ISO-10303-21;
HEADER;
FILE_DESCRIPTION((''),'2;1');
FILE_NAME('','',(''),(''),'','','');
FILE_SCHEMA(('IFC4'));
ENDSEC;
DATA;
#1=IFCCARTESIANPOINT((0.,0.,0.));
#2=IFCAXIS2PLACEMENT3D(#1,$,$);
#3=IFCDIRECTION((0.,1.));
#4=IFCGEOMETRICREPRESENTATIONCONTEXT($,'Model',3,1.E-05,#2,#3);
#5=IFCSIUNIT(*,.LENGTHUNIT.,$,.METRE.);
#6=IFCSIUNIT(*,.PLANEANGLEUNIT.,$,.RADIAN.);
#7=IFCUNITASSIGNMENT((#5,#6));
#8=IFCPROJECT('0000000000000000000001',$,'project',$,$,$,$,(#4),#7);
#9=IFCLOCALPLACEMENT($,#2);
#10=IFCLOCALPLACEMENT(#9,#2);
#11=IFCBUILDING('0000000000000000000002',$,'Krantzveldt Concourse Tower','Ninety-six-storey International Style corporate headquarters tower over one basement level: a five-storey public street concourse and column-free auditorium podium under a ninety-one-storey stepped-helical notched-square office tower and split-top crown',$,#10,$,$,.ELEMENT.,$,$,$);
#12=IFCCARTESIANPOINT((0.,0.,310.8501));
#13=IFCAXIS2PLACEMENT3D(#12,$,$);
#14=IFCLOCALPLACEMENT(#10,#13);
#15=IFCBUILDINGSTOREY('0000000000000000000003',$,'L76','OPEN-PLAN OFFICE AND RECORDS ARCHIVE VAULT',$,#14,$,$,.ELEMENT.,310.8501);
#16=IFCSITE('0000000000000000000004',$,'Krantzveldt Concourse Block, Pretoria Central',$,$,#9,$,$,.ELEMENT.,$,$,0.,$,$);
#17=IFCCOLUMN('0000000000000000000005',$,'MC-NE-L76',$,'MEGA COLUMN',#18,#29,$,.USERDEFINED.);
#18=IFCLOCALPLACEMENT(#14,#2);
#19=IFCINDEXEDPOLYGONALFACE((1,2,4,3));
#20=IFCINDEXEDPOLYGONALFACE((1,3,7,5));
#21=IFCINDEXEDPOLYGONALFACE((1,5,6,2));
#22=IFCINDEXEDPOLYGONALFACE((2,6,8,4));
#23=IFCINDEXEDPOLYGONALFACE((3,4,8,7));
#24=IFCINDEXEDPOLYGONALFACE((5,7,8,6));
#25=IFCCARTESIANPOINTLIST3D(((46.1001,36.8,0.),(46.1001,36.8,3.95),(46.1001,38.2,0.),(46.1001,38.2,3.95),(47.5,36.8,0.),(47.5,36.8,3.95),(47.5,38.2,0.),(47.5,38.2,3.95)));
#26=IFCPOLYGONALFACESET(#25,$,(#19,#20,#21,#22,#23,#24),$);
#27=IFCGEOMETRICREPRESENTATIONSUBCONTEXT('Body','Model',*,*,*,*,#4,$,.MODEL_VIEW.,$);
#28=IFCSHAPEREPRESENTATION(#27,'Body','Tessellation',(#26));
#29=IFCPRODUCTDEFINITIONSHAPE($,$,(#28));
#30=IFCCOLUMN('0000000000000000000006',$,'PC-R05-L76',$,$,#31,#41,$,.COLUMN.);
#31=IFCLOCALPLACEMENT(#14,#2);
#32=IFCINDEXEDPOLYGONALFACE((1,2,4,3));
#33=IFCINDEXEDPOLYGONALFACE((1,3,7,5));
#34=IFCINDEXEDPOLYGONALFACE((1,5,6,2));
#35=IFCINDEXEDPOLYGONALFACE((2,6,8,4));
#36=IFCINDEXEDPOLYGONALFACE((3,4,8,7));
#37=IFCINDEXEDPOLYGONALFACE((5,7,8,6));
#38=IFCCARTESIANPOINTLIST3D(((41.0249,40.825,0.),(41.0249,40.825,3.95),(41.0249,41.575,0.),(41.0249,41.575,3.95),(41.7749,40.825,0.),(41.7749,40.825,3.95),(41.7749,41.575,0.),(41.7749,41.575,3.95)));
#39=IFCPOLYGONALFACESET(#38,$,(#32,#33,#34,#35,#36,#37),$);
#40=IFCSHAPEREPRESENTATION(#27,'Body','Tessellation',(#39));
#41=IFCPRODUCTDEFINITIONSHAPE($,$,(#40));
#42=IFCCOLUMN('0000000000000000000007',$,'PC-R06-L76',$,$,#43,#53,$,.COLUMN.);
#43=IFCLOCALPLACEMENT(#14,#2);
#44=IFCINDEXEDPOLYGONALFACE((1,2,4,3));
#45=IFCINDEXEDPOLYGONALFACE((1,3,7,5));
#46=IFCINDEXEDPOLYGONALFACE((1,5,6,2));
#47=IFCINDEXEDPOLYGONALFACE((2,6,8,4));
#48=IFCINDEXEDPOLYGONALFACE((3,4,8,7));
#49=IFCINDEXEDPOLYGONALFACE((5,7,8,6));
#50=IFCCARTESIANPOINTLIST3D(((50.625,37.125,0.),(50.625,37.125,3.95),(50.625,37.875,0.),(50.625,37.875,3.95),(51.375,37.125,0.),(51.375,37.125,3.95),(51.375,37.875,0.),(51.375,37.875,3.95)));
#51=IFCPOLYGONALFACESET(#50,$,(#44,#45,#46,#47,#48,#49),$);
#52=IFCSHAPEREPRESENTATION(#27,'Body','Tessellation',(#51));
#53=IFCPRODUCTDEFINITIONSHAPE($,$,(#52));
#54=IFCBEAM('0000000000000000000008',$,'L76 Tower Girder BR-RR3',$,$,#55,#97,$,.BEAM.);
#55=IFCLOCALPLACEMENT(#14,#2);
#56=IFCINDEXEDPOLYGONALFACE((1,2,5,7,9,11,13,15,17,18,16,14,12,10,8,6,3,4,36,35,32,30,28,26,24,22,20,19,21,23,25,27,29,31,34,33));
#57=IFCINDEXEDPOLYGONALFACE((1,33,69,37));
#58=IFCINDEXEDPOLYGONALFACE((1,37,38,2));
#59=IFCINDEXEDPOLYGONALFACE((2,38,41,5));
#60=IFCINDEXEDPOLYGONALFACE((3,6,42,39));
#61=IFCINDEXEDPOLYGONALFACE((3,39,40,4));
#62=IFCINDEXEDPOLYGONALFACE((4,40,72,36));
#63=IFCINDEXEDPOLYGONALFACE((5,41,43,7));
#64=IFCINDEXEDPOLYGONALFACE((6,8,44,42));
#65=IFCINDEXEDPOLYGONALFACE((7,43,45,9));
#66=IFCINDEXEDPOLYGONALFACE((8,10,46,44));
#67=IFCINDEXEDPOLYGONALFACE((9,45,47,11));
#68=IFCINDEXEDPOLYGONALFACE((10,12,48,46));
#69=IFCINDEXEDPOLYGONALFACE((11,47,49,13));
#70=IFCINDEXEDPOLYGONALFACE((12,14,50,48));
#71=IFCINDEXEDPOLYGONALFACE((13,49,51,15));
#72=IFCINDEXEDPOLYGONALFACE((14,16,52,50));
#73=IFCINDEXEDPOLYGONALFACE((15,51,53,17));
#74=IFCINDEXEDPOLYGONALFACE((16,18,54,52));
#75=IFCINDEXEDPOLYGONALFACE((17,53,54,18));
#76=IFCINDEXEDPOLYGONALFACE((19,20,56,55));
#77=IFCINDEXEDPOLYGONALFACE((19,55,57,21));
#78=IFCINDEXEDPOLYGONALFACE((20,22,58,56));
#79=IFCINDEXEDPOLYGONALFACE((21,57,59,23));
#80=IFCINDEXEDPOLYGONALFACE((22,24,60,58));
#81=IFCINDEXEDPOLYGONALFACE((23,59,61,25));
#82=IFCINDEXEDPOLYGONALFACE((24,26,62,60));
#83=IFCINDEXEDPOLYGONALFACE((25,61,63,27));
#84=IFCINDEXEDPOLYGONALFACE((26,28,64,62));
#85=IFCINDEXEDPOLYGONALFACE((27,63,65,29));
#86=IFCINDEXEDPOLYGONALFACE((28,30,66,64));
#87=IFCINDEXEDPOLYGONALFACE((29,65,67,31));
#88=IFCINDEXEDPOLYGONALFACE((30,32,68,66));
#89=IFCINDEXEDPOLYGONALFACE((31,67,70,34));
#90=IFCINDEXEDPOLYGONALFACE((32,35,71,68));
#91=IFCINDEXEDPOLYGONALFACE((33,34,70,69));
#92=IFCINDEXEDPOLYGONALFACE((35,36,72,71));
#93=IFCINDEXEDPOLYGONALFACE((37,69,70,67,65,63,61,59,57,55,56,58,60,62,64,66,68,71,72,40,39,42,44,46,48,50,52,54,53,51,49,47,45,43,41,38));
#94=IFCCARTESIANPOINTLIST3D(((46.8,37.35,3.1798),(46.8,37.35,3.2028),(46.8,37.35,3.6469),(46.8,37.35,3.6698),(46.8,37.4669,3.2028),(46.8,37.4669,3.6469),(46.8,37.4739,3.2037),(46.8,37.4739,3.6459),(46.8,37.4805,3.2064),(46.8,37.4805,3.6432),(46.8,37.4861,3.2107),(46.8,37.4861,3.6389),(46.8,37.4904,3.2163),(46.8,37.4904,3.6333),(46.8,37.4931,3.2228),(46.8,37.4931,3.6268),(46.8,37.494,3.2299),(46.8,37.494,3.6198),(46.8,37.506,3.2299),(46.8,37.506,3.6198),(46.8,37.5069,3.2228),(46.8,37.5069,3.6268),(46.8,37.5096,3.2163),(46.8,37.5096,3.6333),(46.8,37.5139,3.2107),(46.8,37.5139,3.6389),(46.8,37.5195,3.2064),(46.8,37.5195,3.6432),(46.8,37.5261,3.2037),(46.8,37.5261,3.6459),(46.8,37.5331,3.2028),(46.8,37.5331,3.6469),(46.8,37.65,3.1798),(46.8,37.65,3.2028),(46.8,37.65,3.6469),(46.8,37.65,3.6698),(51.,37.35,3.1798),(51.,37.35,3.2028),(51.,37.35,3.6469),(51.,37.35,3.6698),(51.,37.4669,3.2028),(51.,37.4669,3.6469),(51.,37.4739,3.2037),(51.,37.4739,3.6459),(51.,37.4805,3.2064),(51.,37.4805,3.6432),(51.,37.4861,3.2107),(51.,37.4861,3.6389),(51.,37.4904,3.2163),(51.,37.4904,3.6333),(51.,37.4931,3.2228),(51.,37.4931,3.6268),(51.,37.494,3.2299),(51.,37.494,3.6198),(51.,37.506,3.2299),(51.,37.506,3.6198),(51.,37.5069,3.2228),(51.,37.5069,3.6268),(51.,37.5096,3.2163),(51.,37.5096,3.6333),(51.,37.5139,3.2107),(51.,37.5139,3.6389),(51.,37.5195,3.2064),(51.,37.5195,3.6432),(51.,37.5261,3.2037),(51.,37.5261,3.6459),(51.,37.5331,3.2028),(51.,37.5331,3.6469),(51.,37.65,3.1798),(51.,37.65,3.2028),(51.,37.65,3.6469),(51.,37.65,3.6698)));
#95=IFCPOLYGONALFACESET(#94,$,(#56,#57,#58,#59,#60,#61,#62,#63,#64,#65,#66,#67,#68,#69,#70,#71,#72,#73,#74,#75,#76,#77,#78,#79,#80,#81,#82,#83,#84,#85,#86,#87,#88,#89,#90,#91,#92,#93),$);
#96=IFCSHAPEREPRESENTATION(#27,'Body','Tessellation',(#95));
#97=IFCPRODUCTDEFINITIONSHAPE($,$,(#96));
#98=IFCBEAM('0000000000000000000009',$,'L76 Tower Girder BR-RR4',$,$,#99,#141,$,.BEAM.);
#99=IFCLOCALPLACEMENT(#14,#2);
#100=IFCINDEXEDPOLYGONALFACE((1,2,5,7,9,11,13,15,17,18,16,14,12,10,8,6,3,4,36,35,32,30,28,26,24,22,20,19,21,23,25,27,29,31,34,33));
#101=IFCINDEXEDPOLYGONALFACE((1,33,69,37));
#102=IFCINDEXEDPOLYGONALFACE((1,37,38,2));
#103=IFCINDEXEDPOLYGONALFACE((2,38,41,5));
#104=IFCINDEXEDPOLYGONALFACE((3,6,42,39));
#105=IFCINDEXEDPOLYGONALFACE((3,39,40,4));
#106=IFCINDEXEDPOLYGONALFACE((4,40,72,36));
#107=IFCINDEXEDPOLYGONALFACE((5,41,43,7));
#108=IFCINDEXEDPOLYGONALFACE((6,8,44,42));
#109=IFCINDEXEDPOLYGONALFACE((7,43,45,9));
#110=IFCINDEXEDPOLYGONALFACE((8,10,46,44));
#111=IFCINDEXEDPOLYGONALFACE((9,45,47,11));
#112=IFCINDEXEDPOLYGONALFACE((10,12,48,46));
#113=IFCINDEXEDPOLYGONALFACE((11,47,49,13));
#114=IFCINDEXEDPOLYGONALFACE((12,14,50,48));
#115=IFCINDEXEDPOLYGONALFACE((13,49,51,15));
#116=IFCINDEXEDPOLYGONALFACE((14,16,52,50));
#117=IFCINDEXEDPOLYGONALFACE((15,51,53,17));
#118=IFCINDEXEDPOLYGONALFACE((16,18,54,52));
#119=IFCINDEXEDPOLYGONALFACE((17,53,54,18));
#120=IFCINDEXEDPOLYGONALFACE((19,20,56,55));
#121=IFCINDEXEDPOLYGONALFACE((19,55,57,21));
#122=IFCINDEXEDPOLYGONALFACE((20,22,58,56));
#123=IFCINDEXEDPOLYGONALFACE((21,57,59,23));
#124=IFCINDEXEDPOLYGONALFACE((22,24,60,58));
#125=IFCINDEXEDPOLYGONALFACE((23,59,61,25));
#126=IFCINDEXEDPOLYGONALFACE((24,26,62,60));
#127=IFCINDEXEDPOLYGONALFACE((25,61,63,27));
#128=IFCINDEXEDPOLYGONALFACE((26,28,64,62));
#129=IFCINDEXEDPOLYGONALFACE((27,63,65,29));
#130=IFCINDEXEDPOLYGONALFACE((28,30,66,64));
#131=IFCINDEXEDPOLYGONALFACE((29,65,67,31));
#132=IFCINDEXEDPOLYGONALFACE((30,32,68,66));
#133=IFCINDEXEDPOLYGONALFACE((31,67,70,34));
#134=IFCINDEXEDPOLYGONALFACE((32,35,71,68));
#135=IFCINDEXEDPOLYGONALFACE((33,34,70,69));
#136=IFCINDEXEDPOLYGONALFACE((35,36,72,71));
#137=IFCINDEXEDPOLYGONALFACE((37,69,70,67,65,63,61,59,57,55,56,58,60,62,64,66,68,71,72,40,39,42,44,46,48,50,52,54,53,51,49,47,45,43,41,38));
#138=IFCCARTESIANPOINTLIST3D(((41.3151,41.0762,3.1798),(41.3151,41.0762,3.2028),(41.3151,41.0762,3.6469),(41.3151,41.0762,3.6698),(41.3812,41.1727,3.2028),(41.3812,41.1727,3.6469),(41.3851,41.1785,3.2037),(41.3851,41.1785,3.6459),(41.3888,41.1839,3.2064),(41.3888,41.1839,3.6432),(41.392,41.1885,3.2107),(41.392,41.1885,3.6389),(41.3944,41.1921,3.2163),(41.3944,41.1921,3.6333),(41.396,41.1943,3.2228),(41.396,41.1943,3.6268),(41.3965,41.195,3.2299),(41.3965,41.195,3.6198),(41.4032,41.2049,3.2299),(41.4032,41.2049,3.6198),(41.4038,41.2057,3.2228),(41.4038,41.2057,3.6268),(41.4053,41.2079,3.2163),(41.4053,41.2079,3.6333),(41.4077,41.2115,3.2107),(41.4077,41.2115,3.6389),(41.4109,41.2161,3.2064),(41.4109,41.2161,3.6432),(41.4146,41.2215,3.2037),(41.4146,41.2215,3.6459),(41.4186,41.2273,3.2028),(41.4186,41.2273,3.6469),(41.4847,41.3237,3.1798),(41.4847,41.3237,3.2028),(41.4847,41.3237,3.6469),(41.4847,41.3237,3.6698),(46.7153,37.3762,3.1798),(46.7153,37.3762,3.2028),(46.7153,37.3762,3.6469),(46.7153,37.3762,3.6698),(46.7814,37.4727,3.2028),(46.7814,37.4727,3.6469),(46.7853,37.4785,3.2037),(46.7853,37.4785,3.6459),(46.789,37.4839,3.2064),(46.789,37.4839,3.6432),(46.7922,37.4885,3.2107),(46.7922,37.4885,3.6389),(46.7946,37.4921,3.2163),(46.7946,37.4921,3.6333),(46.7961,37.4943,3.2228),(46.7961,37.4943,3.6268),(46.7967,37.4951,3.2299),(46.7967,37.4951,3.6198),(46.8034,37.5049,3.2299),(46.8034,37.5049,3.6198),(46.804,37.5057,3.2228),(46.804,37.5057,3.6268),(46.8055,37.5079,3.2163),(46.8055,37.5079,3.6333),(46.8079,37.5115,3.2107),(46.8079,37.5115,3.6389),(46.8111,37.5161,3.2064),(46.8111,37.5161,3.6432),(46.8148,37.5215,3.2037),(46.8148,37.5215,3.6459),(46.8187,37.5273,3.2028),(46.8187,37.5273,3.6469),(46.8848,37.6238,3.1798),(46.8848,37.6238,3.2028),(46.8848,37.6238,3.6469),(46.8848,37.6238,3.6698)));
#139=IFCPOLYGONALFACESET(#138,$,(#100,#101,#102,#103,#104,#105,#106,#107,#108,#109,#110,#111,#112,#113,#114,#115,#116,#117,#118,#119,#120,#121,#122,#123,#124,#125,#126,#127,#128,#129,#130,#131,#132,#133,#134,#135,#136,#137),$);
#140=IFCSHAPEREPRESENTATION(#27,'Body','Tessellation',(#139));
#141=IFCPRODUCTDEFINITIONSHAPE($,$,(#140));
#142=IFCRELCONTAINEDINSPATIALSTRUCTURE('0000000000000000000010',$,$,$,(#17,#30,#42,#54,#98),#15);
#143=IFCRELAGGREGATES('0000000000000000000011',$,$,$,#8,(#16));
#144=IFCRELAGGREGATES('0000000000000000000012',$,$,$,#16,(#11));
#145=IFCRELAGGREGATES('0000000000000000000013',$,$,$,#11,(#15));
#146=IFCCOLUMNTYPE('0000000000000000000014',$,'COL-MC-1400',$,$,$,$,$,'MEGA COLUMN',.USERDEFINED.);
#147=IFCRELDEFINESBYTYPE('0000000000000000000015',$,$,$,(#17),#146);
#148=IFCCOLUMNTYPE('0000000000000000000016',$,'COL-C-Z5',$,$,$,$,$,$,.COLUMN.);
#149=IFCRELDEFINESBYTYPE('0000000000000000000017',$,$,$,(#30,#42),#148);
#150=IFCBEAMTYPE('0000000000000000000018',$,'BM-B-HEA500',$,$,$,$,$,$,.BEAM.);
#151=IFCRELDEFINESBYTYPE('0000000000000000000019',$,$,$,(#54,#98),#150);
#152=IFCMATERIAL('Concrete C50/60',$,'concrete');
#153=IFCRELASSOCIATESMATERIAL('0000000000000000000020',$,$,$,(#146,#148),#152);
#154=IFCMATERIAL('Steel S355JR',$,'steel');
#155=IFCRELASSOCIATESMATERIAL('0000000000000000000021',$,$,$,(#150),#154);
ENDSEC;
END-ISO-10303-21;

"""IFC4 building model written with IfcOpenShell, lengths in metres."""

from ifc_helpers import new_model, si_unit, direction, frame, origin, origin_2d, place, context, subcontext, project, spatial, rectangle, i_section, extrude, source, transform, mapped, material, material_profile, profile_set, type_object, type_shapes, element, save


model = new_model("IFC4")

# Units and contexts
model_context = context("Model", 3, precision=1e-05, world=origin(), true_north=direction((0.0, 1.0)))
body_context = subcontext(model_context, "Body", "Model", "MODEL_VIEW")
ifc_project = project(units=[si_unit("LENGTHUNIT", "METRE"), si_unit("PLANEANGLEUNIT", "RADIAN")], contexts=[model_context])

# Site, building, storey
site_placement = place(None, origin())
site = spatial("IfcSite", under=ifc_project, at=site_placement, Name="Krantzveldt Concourse Block, Pretoria Central", CompositionType="ELEMENT", RefElevation=0.0)
building_placement = place(site_placement, origin())
building = spatial("IfcBuilding", under=site, at=building_placement, Name="Krantzveldt Concourse Tower", Description="Ninety-six-storey International Style corporate headquarters tower over one basement level: a five-storey public street concourse and column-free auditorium podium under a ninety-one-storey stepped-helical notched-square office tower and split-top crown", CompositionType="ELEMENT")
storey_placement = place(building_placement, frame((0.0, 0.0, 310.8501)))
storey = spatial("IfcBuildingStorey", under=building, at=storey_placement, Name="L76", Description="OPEN-PLAN OFFICE AND RECORDS ARCHIVE VAULT", CompositionType="ELEMENT", Elevation=310.8501)

# Columns
ifc_material_1 = material(Name="Concrete C50/60", Category="concrete")
ifc_material_profile_1 = material_profile(ifc_material_1, rectangle(XDim=1.3999, YDim=1.3999, at=origin_2d()), Name="Concrete C50/60", Category="concrete")
ifc_profile_set_1 = profile_set([ifc_material_profile_1], Name="Concrete C50/60 - RC 1400x1400")
column_type_1 = type_object("IfcColumnType", Name="COL-MC-1400", ElementType="MEGA COLUMN", PredefinedType="USERDEFINED", material=ifc_profile_set_1)
shared_shape_1 = source(origin(), body_context, "Body", "SweptSolid", [
    extrude(rectangle(XDim=1.3999, YDim=1.3999, at=origin_2d()), origin(), (0.0, 0.0, 1.0), 3.95),
])
type_shapes(column_type_1, [shared_shape_1])
column_placement = place(storey_placement, frame((46.8, 37.5, 0.0), z_axis=(0.0, 0.0, 1.0), x_axis=(1.0, 0.0, 0.0)))
element("IfcColumn", 1, at=column_placement, inside=storey, type_object=column_type_1, Name="MC-NE-L76", ObjectType="MEGA COLUMN", PredefinedType="USERDEFINED", context=body_context, shape_type="MappedRepresentation", body=[
    mapped(shared_shape_1, transform((0.0, 0.0, 0.0), x_axis=(1.0, 0.0, 0.0), y_axis=(0.0, 1.0, 0.0), z_axis=(0.0, 0.0, 1.0), scale=1.0)),
])
ifc_material_profile_2 = material_profile(ifc_material_1, rectangle(XDim=0.75, YDim=0.75, at=origin_2d()), Name="Concrete C50/60", Category="concrete")
ifc_profile_set_2 = profile_set([ifc_material_profile_2], Name="Concrete C50/60 - RC 750x750")
column_type_2 = type_object("IfcColumnType", Name="COL-C-Z5", PredefinedType="COLUMN", material=ifc_profile_set_2)
shared_shape_2 = source(origin(), body_context, "Body", "SweptSolid", [
    extrude(rectangle(XDim=0.75, YDim=0.75, at=origin_2d()), origin(), (0.0, 0.0, 1.0), 3.95),
])
type_shapes(column_type_2, [shared_shape_2])
for number, where, z_axis, x_axis, name in (
    (2, (41.3999, 41.2, 0.0), (0.0, 0.0, 1.0), (1.0, 0.0, 0.0), "PC-R05-L76"),
    (3, (51.0, 37.5, 0.0), (0.0, 0.0, 1.0), (1.0, 0.0, 0.0), "PC-R06-L76"),
):
    element("IfcColumn", number, at=place(storey_placement, frame(where, z_axis=z_axis, x_axis=x_axis)), inside=storey, type_object=column_type_2, Name=name, PredefinedType="COLUMN", context=body_context, shape_type="MappedRepresentation", body=[
        mapped(shared_shape_2, transform((0.0, 0.0, 0.0), x_axis=(1.0, 0.0, 0.0), y_axis=(0.0, 1.0, 0.0), z_axis=(0.0, 0.0, 1.0), scale=1.0)),
    ])

# Beams
ifc_material_2 = material(Name="Steel S355JR", Category="steel")
ifc_material_profile_3 = material_profile(ifc_material_2, i_section(OverallWidth=0.3, OverallDepth=0.49, WebThickness=0.012, FlangeThickness=0.0229, FilletRadius=0.0271, at=origin_2d()), Name="Steel S355JR", Category="steel")
ifc_profile_set_3 = profile_set([ifc_material_profile_3], Name="Steel S355JR - HEA 500")
beam_type_1 = type_object("IfcBeamType", Name="BM-B-HEA500", PredefinedType="BEAM", material=ifc_profile_set_3)
shared_shape_3 = source(origin(), body_context, "Body", "SweptSolid", [
    extrude(i_section(OverallWidth=0.3, OverallDepth=0.49, WebThickness=0.012, FlangeThickness=0.0229, FilletRadius=0.0271, at=origin_2d()), origin(), (0.0, 0.0, 1.0), 4.2),
])
beam_1_placement = place(storey_placement, frame((46.8, 37.5, 3.4248), z_axis=(1.0, 0.0, 0.0), x_axis=(0.0, 1.0, 0.0)))
element("IfcBeam", 4, at=beam_1_placement, inside=storey, type_object=beam_type_1, Name="L76 Tower Girder BR-RR3", PredefinedType="BEAM", context=body_context, shape_type="MappedRepresentation", body=[
    mapped(shared_shape_3, transform((0.0, 0.0, 0.0), x_axis=(1.0, 0.0, 0.0), y_axis=(0.0, 1.0, 0.0), z_axis=(0.0, 0.0, 1.0), scale=1.0)),
])
shared_shape_4 = source(origin(), body_context, "Body", "SweptSolid", [
    extrude(i_section(OverallWidth=0.3, OverallDepth=0.49, WebThickness=0.012, FlangeThickness=0.0229, FilletRadius=0.0271, at=origin_2d()), origin(), (0.0, 0.0, 1.0), 6.5461),
])
type_shapes(beam_type_1, [shared_shape_3, shared_shape_4])
beam_2_placement = place(storey_placement, frame((46.8, 37.5, 3.4248), z_axis=(-0.824943, 0.565216, 0.0), x_axis=(-0.565216, -0.824943, 0.0)))
element("IfcBeam", 5, at=beam_2_placement, inside=storey, type_object=beam_type_1, Name="L76 Tower Girder BR-RR4", PredefinedType="BEAM", context=body_context, shape_type="MappedRepresentation", body=[
    mapped(shared_shape_4, transform((0.0, 0.0, 0.0), x_axis=(1.0, 0.0, 0.0), y_axis=(0.0, 1.0, 0.0), z_axis=(0.0, 0.0, 1.0), scale=1.0)),
])

save(model, "model.ifc")
